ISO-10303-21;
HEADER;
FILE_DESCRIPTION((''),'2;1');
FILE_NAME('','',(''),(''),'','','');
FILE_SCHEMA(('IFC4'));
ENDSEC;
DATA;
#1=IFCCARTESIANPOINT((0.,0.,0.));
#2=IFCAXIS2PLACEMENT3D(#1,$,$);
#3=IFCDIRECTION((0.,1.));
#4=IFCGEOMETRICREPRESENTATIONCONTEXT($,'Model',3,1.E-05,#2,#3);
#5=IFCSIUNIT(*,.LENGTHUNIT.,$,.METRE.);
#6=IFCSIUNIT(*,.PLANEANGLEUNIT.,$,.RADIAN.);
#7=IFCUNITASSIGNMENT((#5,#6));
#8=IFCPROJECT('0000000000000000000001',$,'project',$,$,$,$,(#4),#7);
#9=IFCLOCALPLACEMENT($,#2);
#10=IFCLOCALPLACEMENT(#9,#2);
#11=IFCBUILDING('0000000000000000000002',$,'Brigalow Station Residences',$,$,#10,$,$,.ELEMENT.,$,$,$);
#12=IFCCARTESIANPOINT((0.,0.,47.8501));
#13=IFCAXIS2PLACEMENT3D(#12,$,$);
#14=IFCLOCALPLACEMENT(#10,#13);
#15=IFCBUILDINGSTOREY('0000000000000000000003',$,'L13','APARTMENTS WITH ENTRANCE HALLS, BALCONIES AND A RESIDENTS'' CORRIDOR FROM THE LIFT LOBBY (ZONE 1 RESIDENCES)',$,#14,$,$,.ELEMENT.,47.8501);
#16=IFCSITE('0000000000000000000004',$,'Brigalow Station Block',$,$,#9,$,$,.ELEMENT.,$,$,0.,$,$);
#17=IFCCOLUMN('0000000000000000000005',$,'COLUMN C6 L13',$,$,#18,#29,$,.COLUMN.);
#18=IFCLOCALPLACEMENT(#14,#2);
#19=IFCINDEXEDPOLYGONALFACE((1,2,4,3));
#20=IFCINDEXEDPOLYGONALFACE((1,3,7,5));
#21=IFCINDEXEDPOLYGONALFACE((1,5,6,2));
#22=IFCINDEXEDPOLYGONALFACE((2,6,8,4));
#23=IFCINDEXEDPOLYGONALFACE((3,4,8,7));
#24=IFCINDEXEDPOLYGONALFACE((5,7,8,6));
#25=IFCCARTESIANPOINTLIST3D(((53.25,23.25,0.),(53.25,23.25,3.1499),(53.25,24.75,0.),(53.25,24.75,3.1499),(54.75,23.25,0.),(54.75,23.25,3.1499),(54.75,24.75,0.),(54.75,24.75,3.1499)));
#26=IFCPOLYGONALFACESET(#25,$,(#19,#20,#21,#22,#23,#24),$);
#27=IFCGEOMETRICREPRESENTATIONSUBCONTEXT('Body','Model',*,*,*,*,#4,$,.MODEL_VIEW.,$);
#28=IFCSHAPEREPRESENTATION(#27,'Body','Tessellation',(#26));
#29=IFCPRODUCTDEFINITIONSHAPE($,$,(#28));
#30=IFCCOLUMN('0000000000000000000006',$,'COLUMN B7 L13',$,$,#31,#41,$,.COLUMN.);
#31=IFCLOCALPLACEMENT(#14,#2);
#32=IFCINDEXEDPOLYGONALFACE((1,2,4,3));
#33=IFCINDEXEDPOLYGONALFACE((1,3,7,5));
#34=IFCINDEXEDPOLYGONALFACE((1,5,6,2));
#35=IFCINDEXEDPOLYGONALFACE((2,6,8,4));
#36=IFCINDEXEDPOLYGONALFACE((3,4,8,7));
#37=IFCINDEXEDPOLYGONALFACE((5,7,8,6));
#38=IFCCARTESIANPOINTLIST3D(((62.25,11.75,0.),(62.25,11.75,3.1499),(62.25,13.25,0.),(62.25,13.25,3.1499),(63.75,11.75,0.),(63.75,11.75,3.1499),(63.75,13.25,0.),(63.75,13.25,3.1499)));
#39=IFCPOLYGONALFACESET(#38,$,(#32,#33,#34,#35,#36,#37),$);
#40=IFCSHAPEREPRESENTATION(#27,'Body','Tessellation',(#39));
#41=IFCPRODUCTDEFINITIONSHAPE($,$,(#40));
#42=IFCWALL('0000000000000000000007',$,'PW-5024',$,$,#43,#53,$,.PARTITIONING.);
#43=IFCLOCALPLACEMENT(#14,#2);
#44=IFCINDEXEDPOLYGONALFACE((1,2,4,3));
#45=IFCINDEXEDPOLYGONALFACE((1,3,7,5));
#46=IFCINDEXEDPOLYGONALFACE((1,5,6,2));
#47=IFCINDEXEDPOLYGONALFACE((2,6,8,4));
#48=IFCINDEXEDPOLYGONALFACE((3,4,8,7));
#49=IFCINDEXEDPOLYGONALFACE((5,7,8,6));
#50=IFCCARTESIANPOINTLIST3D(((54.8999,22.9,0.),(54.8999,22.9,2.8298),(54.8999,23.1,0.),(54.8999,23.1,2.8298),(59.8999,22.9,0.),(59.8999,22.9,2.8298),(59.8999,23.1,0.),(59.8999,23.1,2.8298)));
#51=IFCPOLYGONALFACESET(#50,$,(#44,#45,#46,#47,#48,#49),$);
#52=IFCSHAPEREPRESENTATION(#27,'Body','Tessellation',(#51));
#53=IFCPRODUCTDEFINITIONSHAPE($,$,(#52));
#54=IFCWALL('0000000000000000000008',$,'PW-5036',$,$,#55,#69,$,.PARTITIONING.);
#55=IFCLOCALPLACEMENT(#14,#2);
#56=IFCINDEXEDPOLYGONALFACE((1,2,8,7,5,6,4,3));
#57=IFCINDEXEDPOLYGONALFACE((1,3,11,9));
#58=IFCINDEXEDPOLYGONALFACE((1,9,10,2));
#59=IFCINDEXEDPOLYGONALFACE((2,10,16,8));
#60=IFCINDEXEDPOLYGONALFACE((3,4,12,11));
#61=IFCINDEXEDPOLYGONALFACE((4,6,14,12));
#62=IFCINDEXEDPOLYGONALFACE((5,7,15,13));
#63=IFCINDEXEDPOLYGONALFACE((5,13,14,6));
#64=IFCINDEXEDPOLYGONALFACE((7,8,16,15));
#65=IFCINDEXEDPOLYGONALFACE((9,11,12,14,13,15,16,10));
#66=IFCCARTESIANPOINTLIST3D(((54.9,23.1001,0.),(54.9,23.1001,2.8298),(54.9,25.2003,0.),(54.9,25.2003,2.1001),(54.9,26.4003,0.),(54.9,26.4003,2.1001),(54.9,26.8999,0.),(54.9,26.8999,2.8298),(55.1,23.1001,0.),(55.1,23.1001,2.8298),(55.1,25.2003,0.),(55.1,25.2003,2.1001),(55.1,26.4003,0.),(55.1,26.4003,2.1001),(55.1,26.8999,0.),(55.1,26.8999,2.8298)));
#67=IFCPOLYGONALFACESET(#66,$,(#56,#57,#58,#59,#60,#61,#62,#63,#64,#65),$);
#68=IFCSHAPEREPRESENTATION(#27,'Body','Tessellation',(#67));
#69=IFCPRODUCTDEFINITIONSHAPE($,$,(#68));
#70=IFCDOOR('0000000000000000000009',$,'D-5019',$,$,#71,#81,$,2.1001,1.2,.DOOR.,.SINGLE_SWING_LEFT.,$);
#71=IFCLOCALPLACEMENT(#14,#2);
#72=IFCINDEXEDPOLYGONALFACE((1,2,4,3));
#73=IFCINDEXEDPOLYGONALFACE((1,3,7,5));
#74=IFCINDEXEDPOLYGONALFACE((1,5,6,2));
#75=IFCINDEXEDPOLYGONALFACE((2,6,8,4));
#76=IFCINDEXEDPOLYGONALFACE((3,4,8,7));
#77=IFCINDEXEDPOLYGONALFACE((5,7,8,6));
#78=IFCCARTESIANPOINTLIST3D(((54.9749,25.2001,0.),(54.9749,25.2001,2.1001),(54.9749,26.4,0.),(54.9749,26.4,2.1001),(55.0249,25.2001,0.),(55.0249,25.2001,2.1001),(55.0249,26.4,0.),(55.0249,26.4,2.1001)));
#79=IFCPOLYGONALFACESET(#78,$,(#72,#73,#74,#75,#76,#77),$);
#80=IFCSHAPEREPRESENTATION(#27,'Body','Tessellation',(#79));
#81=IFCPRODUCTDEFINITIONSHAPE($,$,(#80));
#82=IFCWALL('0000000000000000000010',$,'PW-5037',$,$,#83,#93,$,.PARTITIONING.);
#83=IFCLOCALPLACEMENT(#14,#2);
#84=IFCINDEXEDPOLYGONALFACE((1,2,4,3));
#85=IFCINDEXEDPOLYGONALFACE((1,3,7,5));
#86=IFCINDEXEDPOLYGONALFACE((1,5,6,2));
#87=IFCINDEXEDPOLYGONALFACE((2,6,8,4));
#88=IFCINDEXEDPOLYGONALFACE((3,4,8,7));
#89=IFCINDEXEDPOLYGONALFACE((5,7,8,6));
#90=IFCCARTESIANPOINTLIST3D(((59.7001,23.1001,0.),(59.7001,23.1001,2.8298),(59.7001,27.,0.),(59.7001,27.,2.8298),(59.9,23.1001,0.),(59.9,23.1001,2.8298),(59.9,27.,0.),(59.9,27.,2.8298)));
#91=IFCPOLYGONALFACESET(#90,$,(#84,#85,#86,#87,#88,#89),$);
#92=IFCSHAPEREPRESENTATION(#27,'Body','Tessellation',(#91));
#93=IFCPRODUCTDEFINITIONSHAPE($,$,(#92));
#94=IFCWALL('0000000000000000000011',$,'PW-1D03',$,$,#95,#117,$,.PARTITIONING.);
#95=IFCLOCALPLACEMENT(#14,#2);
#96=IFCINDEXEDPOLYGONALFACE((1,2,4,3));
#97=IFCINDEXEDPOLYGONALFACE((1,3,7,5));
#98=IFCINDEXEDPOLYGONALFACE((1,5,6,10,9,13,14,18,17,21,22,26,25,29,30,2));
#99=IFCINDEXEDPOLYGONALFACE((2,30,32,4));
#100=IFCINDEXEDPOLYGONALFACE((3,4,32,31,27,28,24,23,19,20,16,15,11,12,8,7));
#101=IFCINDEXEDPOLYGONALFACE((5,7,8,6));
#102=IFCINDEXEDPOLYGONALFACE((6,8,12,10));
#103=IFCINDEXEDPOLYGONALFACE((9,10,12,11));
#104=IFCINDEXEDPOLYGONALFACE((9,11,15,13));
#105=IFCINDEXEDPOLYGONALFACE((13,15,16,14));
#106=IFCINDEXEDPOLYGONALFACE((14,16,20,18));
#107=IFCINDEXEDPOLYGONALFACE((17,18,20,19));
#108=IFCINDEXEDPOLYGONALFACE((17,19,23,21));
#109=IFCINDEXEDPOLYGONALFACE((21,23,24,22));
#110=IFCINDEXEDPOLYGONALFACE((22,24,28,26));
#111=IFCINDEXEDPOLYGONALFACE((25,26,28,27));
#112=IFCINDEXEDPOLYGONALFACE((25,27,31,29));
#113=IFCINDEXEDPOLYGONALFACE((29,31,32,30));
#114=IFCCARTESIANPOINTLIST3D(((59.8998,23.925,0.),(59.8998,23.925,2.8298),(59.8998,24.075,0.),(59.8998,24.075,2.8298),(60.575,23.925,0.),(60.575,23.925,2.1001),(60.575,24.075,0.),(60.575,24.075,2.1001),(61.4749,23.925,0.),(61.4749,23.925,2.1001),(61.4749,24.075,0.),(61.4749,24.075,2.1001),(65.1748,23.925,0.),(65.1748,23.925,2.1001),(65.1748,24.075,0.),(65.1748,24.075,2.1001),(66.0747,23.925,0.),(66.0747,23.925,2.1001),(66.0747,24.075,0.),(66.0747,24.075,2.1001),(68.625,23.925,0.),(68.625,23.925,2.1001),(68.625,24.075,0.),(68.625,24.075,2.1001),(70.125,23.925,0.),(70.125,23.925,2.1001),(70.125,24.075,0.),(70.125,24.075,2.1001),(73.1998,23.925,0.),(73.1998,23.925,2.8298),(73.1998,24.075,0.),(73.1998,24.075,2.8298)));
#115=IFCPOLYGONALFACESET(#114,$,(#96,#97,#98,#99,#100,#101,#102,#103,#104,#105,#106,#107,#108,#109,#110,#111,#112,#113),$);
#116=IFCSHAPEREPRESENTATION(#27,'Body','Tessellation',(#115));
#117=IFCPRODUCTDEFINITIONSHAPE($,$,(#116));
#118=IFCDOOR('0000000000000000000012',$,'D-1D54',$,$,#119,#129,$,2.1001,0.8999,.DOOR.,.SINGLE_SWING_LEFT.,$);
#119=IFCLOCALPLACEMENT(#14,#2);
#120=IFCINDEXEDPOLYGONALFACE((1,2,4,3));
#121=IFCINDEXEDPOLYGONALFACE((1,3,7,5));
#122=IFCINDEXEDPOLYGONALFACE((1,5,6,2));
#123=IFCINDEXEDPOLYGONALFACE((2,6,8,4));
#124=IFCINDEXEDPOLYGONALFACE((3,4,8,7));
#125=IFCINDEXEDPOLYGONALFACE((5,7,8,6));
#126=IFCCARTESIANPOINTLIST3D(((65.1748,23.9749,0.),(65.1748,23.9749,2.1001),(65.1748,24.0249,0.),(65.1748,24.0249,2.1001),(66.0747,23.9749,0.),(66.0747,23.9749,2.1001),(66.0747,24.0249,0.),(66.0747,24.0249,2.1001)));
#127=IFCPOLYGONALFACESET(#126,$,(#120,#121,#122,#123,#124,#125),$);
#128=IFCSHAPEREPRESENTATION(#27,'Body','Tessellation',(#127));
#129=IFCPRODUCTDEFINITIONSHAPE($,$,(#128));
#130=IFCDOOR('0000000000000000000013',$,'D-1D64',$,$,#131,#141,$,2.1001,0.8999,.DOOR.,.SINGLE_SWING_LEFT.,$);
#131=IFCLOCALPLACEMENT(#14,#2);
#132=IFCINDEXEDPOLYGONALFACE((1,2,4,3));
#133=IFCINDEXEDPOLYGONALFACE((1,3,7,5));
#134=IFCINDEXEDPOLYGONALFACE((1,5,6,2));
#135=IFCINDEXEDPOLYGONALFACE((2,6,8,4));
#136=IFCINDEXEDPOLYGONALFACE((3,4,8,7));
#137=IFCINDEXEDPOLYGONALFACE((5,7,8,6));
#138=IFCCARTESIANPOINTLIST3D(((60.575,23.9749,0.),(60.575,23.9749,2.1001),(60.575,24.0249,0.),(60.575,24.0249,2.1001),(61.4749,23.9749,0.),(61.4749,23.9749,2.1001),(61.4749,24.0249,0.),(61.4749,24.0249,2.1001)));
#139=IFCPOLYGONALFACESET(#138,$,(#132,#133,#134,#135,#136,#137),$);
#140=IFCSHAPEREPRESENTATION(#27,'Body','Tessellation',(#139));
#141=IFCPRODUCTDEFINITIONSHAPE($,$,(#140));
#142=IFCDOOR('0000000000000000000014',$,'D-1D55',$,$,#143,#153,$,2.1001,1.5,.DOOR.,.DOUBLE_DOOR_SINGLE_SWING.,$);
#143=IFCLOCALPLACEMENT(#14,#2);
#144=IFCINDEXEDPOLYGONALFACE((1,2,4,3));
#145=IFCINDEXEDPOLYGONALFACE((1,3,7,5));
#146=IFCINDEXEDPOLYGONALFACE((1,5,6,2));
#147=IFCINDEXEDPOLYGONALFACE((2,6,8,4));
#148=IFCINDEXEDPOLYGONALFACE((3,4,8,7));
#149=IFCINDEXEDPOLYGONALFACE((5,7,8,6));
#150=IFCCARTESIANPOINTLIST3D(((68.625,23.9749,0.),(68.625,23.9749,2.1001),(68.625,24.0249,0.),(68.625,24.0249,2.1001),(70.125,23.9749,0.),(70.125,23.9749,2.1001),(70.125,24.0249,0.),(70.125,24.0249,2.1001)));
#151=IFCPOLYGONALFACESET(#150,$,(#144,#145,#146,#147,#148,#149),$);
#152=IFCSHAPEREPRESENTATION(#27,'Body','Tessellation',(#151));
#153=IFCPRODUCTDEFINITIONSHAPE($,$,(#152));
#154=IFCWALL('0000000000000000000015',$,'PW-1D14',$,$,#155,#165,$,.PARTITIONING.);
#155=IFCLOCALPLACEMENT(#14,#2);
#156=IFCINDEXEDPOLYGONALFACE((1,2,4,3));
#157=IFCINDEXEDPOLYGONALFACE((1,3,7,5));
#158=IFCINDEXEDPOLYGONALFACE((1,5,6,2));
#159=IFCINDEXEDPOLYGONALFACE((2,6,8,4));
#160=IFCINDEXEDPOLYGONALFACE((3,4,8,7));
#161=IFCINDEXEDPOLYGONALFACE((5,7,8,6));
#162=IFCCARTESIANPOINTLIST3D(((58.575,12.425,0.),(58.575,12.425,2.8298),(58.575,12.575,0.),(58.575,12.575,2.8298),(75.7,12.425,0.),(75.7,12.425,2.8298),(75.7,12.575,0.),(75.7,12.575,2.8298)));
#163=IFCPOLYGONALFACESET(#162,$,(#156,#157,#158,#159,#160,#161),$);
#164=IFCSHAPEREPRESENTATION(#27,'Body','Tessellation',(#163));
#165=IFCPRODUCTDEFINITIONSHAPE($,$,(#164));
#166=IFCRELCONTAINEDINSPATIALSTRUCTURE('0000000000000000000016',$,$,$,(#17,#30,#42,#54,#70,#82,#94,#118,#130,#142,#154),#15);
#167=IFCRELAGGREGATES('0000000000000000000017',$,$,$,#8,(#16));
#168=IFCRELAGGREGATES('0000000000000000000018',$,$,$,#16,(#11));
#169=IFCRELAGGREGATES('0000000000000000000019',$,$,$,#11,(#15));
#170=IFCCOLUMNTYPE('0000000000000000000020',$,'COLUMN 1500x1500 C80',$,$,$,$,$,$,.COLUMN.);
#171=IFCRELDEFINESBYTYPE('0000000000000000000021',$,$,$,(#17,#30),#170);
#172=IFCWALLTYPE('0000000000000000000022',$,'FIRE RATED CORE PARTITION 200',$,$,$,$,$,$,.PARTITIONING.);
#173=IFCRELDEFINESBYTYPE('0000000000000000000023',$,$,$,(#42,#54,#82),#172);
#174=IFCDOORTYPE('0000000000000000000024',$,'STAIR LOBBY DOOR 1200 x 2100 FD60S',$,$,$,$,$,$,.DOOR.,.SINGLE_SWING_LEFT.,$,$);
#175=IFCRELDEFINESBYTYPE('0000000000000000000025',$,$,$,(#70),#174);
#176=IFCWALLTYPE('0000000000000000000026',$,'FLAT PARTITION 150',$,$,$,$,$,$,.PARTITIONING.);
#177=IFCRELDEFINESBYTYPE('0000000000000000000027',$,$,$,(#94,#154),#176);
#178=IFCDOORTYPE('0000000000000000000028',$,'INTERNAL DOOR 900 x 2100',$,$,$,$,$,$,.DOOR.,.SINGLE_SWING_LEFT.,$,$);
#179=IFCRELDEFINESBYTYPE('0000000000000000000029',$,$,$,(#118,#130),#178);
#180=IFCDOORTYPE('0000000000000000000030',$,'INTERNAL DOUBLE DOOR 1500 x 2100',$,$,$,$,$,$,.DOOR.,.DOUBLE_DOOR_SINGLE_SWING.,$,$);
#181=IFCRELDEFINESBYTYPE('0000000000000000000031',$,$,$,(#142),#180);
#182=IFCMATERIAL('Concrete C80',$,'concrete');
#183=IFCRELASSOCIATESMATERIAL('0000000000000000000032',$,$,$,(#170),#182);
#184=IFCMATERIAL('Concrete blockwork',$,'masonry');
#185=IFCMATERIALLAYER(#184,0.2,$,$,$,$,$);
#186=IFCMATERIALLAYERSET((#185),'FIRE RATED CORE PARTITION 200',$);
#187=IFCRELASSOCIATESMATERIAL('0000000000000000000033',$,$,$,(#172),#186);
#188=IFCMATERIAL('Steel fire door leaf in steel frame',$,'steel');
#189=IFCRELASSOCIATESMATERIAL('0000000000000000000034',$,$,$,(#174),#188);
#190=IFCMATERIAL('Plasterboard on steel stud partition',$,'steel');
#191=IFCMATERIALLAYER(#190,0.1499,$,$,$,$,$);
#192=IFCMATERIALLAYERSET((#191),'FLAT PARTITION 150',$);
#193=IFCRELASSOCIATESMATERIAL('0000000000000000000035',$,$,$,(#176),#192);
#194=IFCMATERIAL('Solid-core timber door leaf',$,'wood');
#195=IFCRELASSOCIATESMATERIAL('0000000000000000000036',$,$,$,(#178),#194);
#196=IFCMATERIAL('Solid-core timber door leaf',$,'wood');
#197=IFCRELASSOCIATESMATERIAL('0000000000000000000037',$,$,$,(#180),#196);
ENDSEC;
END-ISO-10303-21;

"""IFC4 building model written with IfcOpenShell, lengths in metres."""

from ifc_helpers import new_model, si_unit, direction, frame, frame_2d, origin, origin_2d, place, context, subcontext, project, spatial, rectangle, extrude, material, layer, layer_set, material_profile, profile_set, type_object, element, fill, save


model = new_model("IFC4")

# Units and contexts
model_context = context("Model", 3, precision=1e-05, world=origin(), true_north=direction((0.0, 1.0)))
body_context = subcontext(model_context, "Body", "Model", "MODEL_VIEW")
ifc_project = project(units=[si_unit("LENGTHUNIT", "METRE"), si_unit("PLANEANGLEUNIT", "RADIAN")], contexts=[model_context])

# Site, building, storey
site_placement = place(None, origin())
site = spatial("IfcSite", under=ifc_project, at=site_placement, Name="Brigalow Station Block", CompositionType="ELEMENT", RefElevation=0.0)
building_placement = place(site_placement, origin())
building = spatial("IfcBuilding", under=site, at=building_placement, Name="Brigalow Station Residences", CompositionType="ELEMENT")
storey_placement = place(building_placement, frame((0.0, 0.0, 47.8501)))
storey = spatial("IfcBuildingStorey", under=building, at=storey_placement, Name="L13", Description="APARTMENTS WITH ENTRANCE HALLS, BALCONIES AND A RESIDENTS' CORRIDOR FROM THE LIFT LOBBY (ZONE 1 RESIDENCES)", CompositionType="ELEMENT", Elevation=47.8501)

# Columns
ifc_material_1 = material(Name="Concrete C80", Category="concrete")
ifc_material_profile = material_profile(ifc_material_1, rectangle(XDim=1.5, YDim=1.5, at=origin_2d()), Name="RC1500x1500")
ifc_profile_set = profile_set([ifc_material_profile], Name="Concrete C80")
column_type = type_object("IfcColumnType", Name="COLUMN 1500x1500 C80", PredefinedType="COLUMN", material=ifc_profile_set)
for number, where, z_axis, x_axis, name in (
    (1, (54.0, 24.0, 0.0), (0.0, 0.0, 1.0), (1.0, 0.0, 0.0), "COLUMN C6 L13"),
    (2, (63.0, 12.5, 0.0), (0.0, 0.0, 1.0), (1.0, 0.0, 0.0), "COLUMN B7 L13"),
):
    element("IfcColumn", number, at=place(storey_placement, frame(where, z_axis=z_axis, x_axis=x_axis)), inside=storey, type_object=column_type, Name=name, PredefinedType="COLUMN", context=body_context, shape_type="SweptSolid", body=[
        extrude(rectangle(XDim=1.5, YDim=1.5, at=origin_2d()), origin(), (0.0, 0.0, 1.0), 3.1499),
    ])

# Wall
ifc_material_2 = material(Name="Concrete blockwork", Category="masonry")
ifc_layer_1 = layer(ifc_material_2, 0.2)
ifc_layer_set_1 = layer_set([ifc_layer_1], Name="FIRE RATED CORE PARTITION 200")
wall_type_1 = type_object("IfcWallType", Name="FIRE RATED CORE PARTITION 200", PredefinedType="PARTITIONING", material=ifc_layer_set_1)
wall_1_placement = place(storey_placement, frame((54.8999, 23.0, 0.0), z_axis=(0.0, 0.0, 1.0), x_axis=(1.0, 0.0, 0.0)))
element("IfcWall", 3, at=wall_1_placement, inside=storey, type_object=wall_type_1, Name="PW-5024", PredefinedType="PARTITIONING", context=body_context, shape_type="SweptSolid", body=[
    extrude(rectangle(XDim=5.0, YDim=0.2, at=frame_2d((2.5, 0.0))), origin(), (0.0, 0.0, 1.0), 2.8298),
])

# Wall, opening, door
wall_2_placement = place(storey_placement, frame((55.0, 23.1001, 0.0), z_axis=(0.0, 0.0, 1.0), x_axis=(0.0, 1.0, 0.0)))
wall_2 = element("IfcWall", 4, at=wall_2_placement, inside=storey, type_object=wall_type_1, Name="PW-5036", PredefinedType="PARTITIONING", context=body_context, shape_type="SweptSolid", body=[
    extrude(rectangle(XDim=3.7998, YDim=0.2, at=frame_2d((1.8999, 0.0))), origin(), (0.0, 0.0, 1.0), 2.8298),
])
opening_1_placement = place(wall_2_placement, frame((2.1001, 0.0, 0.0)))
opening_1 = element("IfcOpeningElement", 5, at=opening_1_placement, cuts=wall_2, PredefinedType="OPENING", context=body_context, shape_type="SweptSolid", body=[
    extrude(rectangle(XDim=1.2, YDim=2.1001, at=frame_2d((0.6001, 1.05))), frame((0.0, 0.1099, 0.0), z_axis=(0.0, -1.0, 0.0), x_axis=(1.0, 0.0, 0.0)), (0.0, 0.0, 1.0), 0.22),
])
ifc_material_3 = material(Name="Steel fire door leaf in steel frame", Category="steel")
door_type_1 = type_object("IfcDoorType", Name="STAIR LOBBY DOOR 1200 x 2100 FD60S", OperationType="SINGLE_SWING_LEFT", PredefinedType="DOOR", material=ifc_material_3)
door_1_placement = place(opening_1_placement, frame((1.2, 0.0, 0.0), z_axis=(0.0, 0.0, 1.0), x_axis=(-1.0, 0.0, 0.0)))
door_1 = element("IfcDoor", 6, at=door_1_placement, inside=storey, type_object=door_type_1, Name="D-5019", OperationType="SINGLE_SWING_LEFT", OverallHeight=2.1001, OverallWidth=1.2, PredefinedType="DOOR", context=body_context, shape_type="SweptSolid", body=[
    extrude(rectangle(XDim=1.2, YDim=2.1001, at=frame_2d((0.6001, 1.05))), frame((0.0, 0.0249, 0.0), z_axis=(0.0, -1.0, 0.0), x_axis=(1.0, 0.0, 0.0)), (0.0, 0.0, 1.0), 0.05),
])
fill(opening_1, door_1)

# Wall
wall_3_placement = place(storey_placement, frame((59.8, 23.1001, 0.0), z_axis=(0.0, 0.0, 1.0), x_axis=(0.0, 1.0, 0.0)))
element("IfcWall", 7, at=wall_3_placement, inside=storey, type_object=wall_type_1, Name="PW-5037", PredefinedType="PARTITIONING", context=body_context, shape_type="SweptSolid", body=[
    extrude(rectangle(XDim=3.8999, YDim=0.2, at=frame_2d((1.95, 0.0))), origin(), (0.0, 0.0, 1.0), 2.8298),
])

# Wall, openings, doors
ifc_material_4 = material(Name="Plasterboard on steel stud partition", Category="steel")
ifc_layer_2 = layer(ifc_material_4, 0.1499)
ifc_layer_set_2 = layer_set([ifc_layer_2], Name="FLAT PARTITION 150")
wall_type_2 = type_object("IfcWallType", Name="FLAT PARTITION 150", PredefinedType="PARTITIONING", material=ifc_layer_set_2)
wall_4_placement = place(storey_placement, frame((59.8999, 24.0, 0.0), z_axis=(0.0, 0.0, 1.0), x_axis=(1.0, 0.0, 0.0)))
wall_4 = element("IfcWall", 8, at=wall_4_placement, inside=storey, type_object=wall_type_2, Name="PW-1D03", PredefinedType="PARTITIONING", context=body_context, shape_type="SweptSolid", body=[
    extrude(rectangle(XDim=13.3, YDim=0.1499, at=frame_2d((6.6499, 0.0))), origin(), (0.0, 0.0, 1.0), 2.8298),
])
opening_2_placement = place(wall_4_placement, frame((5.2749, 0.0, 0.0)))
opening_2 = element("IfcOpeningElement", 9, at=opening_2_placement, cuts=wall_4, PredefinedType="OPENING", context=body_context, shape_type="SweptSolid", body=[
    extrude(rectangle(XDim=0.8999, YDim=2.1001, at=frame_2d((0.45, 1.05))), frame((0.0, 0.085, 0.0), z_axis=(0.0, -1.0, 0.0), x_axis=(1.0, 0.0, 0.0)), (0.0, 0.0, 1.0), 0.1699),
])
opening_3_placement = place(wall_4_placement, frame((8.7251, 0.0, 0.0)))
opening_3 = element("IfcOpeningElement", 10, at=opening_3_placement, cuts=wall_4, PredefinedType="OPENING", context=body_context, shape_type="SweptSolid", body=[
    extrude(rectangle(XDim=1.5, YDim=2.1001, at=frame_2d((0.75, 1.05))), frame((0.0, 0.085, 0.0), z_axis=(0.0, -1.0, 0.0), x_axis=(1.0, 0.0, 0.0)), (0.0, 0.0, 1.0), 0.1699),
])
opening_4_placement = place(wall_4_placement, frame((0.675, 0.0, 0.0)))
opening_4 = element("IfcOpeningElement", 11, at=opening_4_placement, cuts=wall_4, PredefinedType="OPENING", context=body_context, shape_type="SweptSolid", body=[
    extrude(rectangle(XDim=0.8999, YDim=2.1001, at=frame_2d((0.45, 1.05))), frame((0.0, 0.085, 0.0), z_axis=(0.0, -1.0, 0.0), x_axis=(1.0, 0.0, 0.0)), (0.0, 0.0, 1.0), 0.1699),
])
ifc_material_5 = material(Name="Solid-core timber door leaf", Category="wood")
door_type_2 = type_object("IfcDoorType", Name="INTERNAL DOOR 900 x 2100", OperationType="SINGLE_SWING_LEFT", PredefinedType="DOOR", material=ifc_material_5)
door_2_placement = place(opening_2_placement, origin())
door_2 = element("IfcDoor", 12, at=door_2_placement, inside=storey, type_object=door_type_2, Name="D-1D54", OperationType="SINGLE_SWING_LEFT", OverallHeight=2.1001, OverallWidth=0.8999, PredefinedType="DOOR", context=body_context, shape_type="SweptSolid", body=[
    extrude(rectangle(XDim=0.8999, YDim=2.1001, at=frame_2d((0.45, 1.05))), frame((0.0, 0.0249, 0.0), z_axis=(0.0, -1.0, 0.0), x_axis=(1.0, 0.0, 0.0)), (0.0, 0.0, 1.0), 0.05),
])
fill(opening_2, door_2)
door_3_placement = place(opening_4_placement, origin())
door_3 = element("IfcDoor", 13, at=door_3_placement, inside=storey, type_object=door_type_2, Name="D-1D64", OperationType="SINGLE_SWING_LEFT", OverallHeight=2.1001, OverallWidth=0.8999, PredefinedType="DOOR", context=body_context, shape_type="SweptSolid", body=[
    extrude(rectangle(XDim=0.8999, YDim=2.1001, at=frame_2d((0.45, 1.05))), frame((0.0, 0.0249, 0.0), z_axis=(0.0, -1.0, 0.0), x_axis=(1.0, 0.0, 0.0)), (0.0, 0.0, 1.0), 0.05),
])
fill(opening_4, door_3)
ifc_material_6 = material(Name="Solid-core timber door leaf", Category="wood")
door_type_3 = type_object("IfcDoorType", Name="INTERNAL DOUBLE DOOR 1500 x 2100", OperationType="DOUBLE_DOOR_SINGLE_SWING", PredefinedType="DOOR", material=ifc_material_6)
door_4_placement = place(opening_3_placement, origin())
door_4 = element("IfcDoor", 14, at=door_4_placement, inside=storey, type_object=door_type_3, Name="D-1D55", OperationType="DOUBLE_DOOR_SINGLE_SWING", OverallHeight=2.1001, OverallWidth=1.5, PredefinedType="DOOR", context=body_context, shape_type="SweptSolid", body=[
    extrude(rectangle(XDim=1.5, YDim=2.1001, at=frame_2d((0.75, 1.05))), frame((0.0, 0.0249, 0.0), z_axis=(0.0, -1.0, 0.0), x_axis=(1.0, 0.0, 0.0)), (0.0, 0.0, 1.0), 0.05),
])
fill(opening_3, door_4)

# Wall
wall_5_placement = place(storey_placement, frame((58.575, 12.5, 0.0), z_axis=(0.0, 0.0, 1.0), x_axis=(1.0, 0.0, 0.0)))
element("IfcWall", 15, at=wall_5_placement, inside=storey, type_object=wall_type_2, Name="PW-1D14", PredefinedType="PARTITIONING", context=body_context, shape_type="SweptSolid", body=[
    extrude(rectangle(XDim=17.125, YDim=0.1499, at=frame_2d((8.5625, 0.0))), origin(), (0.0, 0.0, 1.0), 2.8298),
])

save(model, "model.ifc")
